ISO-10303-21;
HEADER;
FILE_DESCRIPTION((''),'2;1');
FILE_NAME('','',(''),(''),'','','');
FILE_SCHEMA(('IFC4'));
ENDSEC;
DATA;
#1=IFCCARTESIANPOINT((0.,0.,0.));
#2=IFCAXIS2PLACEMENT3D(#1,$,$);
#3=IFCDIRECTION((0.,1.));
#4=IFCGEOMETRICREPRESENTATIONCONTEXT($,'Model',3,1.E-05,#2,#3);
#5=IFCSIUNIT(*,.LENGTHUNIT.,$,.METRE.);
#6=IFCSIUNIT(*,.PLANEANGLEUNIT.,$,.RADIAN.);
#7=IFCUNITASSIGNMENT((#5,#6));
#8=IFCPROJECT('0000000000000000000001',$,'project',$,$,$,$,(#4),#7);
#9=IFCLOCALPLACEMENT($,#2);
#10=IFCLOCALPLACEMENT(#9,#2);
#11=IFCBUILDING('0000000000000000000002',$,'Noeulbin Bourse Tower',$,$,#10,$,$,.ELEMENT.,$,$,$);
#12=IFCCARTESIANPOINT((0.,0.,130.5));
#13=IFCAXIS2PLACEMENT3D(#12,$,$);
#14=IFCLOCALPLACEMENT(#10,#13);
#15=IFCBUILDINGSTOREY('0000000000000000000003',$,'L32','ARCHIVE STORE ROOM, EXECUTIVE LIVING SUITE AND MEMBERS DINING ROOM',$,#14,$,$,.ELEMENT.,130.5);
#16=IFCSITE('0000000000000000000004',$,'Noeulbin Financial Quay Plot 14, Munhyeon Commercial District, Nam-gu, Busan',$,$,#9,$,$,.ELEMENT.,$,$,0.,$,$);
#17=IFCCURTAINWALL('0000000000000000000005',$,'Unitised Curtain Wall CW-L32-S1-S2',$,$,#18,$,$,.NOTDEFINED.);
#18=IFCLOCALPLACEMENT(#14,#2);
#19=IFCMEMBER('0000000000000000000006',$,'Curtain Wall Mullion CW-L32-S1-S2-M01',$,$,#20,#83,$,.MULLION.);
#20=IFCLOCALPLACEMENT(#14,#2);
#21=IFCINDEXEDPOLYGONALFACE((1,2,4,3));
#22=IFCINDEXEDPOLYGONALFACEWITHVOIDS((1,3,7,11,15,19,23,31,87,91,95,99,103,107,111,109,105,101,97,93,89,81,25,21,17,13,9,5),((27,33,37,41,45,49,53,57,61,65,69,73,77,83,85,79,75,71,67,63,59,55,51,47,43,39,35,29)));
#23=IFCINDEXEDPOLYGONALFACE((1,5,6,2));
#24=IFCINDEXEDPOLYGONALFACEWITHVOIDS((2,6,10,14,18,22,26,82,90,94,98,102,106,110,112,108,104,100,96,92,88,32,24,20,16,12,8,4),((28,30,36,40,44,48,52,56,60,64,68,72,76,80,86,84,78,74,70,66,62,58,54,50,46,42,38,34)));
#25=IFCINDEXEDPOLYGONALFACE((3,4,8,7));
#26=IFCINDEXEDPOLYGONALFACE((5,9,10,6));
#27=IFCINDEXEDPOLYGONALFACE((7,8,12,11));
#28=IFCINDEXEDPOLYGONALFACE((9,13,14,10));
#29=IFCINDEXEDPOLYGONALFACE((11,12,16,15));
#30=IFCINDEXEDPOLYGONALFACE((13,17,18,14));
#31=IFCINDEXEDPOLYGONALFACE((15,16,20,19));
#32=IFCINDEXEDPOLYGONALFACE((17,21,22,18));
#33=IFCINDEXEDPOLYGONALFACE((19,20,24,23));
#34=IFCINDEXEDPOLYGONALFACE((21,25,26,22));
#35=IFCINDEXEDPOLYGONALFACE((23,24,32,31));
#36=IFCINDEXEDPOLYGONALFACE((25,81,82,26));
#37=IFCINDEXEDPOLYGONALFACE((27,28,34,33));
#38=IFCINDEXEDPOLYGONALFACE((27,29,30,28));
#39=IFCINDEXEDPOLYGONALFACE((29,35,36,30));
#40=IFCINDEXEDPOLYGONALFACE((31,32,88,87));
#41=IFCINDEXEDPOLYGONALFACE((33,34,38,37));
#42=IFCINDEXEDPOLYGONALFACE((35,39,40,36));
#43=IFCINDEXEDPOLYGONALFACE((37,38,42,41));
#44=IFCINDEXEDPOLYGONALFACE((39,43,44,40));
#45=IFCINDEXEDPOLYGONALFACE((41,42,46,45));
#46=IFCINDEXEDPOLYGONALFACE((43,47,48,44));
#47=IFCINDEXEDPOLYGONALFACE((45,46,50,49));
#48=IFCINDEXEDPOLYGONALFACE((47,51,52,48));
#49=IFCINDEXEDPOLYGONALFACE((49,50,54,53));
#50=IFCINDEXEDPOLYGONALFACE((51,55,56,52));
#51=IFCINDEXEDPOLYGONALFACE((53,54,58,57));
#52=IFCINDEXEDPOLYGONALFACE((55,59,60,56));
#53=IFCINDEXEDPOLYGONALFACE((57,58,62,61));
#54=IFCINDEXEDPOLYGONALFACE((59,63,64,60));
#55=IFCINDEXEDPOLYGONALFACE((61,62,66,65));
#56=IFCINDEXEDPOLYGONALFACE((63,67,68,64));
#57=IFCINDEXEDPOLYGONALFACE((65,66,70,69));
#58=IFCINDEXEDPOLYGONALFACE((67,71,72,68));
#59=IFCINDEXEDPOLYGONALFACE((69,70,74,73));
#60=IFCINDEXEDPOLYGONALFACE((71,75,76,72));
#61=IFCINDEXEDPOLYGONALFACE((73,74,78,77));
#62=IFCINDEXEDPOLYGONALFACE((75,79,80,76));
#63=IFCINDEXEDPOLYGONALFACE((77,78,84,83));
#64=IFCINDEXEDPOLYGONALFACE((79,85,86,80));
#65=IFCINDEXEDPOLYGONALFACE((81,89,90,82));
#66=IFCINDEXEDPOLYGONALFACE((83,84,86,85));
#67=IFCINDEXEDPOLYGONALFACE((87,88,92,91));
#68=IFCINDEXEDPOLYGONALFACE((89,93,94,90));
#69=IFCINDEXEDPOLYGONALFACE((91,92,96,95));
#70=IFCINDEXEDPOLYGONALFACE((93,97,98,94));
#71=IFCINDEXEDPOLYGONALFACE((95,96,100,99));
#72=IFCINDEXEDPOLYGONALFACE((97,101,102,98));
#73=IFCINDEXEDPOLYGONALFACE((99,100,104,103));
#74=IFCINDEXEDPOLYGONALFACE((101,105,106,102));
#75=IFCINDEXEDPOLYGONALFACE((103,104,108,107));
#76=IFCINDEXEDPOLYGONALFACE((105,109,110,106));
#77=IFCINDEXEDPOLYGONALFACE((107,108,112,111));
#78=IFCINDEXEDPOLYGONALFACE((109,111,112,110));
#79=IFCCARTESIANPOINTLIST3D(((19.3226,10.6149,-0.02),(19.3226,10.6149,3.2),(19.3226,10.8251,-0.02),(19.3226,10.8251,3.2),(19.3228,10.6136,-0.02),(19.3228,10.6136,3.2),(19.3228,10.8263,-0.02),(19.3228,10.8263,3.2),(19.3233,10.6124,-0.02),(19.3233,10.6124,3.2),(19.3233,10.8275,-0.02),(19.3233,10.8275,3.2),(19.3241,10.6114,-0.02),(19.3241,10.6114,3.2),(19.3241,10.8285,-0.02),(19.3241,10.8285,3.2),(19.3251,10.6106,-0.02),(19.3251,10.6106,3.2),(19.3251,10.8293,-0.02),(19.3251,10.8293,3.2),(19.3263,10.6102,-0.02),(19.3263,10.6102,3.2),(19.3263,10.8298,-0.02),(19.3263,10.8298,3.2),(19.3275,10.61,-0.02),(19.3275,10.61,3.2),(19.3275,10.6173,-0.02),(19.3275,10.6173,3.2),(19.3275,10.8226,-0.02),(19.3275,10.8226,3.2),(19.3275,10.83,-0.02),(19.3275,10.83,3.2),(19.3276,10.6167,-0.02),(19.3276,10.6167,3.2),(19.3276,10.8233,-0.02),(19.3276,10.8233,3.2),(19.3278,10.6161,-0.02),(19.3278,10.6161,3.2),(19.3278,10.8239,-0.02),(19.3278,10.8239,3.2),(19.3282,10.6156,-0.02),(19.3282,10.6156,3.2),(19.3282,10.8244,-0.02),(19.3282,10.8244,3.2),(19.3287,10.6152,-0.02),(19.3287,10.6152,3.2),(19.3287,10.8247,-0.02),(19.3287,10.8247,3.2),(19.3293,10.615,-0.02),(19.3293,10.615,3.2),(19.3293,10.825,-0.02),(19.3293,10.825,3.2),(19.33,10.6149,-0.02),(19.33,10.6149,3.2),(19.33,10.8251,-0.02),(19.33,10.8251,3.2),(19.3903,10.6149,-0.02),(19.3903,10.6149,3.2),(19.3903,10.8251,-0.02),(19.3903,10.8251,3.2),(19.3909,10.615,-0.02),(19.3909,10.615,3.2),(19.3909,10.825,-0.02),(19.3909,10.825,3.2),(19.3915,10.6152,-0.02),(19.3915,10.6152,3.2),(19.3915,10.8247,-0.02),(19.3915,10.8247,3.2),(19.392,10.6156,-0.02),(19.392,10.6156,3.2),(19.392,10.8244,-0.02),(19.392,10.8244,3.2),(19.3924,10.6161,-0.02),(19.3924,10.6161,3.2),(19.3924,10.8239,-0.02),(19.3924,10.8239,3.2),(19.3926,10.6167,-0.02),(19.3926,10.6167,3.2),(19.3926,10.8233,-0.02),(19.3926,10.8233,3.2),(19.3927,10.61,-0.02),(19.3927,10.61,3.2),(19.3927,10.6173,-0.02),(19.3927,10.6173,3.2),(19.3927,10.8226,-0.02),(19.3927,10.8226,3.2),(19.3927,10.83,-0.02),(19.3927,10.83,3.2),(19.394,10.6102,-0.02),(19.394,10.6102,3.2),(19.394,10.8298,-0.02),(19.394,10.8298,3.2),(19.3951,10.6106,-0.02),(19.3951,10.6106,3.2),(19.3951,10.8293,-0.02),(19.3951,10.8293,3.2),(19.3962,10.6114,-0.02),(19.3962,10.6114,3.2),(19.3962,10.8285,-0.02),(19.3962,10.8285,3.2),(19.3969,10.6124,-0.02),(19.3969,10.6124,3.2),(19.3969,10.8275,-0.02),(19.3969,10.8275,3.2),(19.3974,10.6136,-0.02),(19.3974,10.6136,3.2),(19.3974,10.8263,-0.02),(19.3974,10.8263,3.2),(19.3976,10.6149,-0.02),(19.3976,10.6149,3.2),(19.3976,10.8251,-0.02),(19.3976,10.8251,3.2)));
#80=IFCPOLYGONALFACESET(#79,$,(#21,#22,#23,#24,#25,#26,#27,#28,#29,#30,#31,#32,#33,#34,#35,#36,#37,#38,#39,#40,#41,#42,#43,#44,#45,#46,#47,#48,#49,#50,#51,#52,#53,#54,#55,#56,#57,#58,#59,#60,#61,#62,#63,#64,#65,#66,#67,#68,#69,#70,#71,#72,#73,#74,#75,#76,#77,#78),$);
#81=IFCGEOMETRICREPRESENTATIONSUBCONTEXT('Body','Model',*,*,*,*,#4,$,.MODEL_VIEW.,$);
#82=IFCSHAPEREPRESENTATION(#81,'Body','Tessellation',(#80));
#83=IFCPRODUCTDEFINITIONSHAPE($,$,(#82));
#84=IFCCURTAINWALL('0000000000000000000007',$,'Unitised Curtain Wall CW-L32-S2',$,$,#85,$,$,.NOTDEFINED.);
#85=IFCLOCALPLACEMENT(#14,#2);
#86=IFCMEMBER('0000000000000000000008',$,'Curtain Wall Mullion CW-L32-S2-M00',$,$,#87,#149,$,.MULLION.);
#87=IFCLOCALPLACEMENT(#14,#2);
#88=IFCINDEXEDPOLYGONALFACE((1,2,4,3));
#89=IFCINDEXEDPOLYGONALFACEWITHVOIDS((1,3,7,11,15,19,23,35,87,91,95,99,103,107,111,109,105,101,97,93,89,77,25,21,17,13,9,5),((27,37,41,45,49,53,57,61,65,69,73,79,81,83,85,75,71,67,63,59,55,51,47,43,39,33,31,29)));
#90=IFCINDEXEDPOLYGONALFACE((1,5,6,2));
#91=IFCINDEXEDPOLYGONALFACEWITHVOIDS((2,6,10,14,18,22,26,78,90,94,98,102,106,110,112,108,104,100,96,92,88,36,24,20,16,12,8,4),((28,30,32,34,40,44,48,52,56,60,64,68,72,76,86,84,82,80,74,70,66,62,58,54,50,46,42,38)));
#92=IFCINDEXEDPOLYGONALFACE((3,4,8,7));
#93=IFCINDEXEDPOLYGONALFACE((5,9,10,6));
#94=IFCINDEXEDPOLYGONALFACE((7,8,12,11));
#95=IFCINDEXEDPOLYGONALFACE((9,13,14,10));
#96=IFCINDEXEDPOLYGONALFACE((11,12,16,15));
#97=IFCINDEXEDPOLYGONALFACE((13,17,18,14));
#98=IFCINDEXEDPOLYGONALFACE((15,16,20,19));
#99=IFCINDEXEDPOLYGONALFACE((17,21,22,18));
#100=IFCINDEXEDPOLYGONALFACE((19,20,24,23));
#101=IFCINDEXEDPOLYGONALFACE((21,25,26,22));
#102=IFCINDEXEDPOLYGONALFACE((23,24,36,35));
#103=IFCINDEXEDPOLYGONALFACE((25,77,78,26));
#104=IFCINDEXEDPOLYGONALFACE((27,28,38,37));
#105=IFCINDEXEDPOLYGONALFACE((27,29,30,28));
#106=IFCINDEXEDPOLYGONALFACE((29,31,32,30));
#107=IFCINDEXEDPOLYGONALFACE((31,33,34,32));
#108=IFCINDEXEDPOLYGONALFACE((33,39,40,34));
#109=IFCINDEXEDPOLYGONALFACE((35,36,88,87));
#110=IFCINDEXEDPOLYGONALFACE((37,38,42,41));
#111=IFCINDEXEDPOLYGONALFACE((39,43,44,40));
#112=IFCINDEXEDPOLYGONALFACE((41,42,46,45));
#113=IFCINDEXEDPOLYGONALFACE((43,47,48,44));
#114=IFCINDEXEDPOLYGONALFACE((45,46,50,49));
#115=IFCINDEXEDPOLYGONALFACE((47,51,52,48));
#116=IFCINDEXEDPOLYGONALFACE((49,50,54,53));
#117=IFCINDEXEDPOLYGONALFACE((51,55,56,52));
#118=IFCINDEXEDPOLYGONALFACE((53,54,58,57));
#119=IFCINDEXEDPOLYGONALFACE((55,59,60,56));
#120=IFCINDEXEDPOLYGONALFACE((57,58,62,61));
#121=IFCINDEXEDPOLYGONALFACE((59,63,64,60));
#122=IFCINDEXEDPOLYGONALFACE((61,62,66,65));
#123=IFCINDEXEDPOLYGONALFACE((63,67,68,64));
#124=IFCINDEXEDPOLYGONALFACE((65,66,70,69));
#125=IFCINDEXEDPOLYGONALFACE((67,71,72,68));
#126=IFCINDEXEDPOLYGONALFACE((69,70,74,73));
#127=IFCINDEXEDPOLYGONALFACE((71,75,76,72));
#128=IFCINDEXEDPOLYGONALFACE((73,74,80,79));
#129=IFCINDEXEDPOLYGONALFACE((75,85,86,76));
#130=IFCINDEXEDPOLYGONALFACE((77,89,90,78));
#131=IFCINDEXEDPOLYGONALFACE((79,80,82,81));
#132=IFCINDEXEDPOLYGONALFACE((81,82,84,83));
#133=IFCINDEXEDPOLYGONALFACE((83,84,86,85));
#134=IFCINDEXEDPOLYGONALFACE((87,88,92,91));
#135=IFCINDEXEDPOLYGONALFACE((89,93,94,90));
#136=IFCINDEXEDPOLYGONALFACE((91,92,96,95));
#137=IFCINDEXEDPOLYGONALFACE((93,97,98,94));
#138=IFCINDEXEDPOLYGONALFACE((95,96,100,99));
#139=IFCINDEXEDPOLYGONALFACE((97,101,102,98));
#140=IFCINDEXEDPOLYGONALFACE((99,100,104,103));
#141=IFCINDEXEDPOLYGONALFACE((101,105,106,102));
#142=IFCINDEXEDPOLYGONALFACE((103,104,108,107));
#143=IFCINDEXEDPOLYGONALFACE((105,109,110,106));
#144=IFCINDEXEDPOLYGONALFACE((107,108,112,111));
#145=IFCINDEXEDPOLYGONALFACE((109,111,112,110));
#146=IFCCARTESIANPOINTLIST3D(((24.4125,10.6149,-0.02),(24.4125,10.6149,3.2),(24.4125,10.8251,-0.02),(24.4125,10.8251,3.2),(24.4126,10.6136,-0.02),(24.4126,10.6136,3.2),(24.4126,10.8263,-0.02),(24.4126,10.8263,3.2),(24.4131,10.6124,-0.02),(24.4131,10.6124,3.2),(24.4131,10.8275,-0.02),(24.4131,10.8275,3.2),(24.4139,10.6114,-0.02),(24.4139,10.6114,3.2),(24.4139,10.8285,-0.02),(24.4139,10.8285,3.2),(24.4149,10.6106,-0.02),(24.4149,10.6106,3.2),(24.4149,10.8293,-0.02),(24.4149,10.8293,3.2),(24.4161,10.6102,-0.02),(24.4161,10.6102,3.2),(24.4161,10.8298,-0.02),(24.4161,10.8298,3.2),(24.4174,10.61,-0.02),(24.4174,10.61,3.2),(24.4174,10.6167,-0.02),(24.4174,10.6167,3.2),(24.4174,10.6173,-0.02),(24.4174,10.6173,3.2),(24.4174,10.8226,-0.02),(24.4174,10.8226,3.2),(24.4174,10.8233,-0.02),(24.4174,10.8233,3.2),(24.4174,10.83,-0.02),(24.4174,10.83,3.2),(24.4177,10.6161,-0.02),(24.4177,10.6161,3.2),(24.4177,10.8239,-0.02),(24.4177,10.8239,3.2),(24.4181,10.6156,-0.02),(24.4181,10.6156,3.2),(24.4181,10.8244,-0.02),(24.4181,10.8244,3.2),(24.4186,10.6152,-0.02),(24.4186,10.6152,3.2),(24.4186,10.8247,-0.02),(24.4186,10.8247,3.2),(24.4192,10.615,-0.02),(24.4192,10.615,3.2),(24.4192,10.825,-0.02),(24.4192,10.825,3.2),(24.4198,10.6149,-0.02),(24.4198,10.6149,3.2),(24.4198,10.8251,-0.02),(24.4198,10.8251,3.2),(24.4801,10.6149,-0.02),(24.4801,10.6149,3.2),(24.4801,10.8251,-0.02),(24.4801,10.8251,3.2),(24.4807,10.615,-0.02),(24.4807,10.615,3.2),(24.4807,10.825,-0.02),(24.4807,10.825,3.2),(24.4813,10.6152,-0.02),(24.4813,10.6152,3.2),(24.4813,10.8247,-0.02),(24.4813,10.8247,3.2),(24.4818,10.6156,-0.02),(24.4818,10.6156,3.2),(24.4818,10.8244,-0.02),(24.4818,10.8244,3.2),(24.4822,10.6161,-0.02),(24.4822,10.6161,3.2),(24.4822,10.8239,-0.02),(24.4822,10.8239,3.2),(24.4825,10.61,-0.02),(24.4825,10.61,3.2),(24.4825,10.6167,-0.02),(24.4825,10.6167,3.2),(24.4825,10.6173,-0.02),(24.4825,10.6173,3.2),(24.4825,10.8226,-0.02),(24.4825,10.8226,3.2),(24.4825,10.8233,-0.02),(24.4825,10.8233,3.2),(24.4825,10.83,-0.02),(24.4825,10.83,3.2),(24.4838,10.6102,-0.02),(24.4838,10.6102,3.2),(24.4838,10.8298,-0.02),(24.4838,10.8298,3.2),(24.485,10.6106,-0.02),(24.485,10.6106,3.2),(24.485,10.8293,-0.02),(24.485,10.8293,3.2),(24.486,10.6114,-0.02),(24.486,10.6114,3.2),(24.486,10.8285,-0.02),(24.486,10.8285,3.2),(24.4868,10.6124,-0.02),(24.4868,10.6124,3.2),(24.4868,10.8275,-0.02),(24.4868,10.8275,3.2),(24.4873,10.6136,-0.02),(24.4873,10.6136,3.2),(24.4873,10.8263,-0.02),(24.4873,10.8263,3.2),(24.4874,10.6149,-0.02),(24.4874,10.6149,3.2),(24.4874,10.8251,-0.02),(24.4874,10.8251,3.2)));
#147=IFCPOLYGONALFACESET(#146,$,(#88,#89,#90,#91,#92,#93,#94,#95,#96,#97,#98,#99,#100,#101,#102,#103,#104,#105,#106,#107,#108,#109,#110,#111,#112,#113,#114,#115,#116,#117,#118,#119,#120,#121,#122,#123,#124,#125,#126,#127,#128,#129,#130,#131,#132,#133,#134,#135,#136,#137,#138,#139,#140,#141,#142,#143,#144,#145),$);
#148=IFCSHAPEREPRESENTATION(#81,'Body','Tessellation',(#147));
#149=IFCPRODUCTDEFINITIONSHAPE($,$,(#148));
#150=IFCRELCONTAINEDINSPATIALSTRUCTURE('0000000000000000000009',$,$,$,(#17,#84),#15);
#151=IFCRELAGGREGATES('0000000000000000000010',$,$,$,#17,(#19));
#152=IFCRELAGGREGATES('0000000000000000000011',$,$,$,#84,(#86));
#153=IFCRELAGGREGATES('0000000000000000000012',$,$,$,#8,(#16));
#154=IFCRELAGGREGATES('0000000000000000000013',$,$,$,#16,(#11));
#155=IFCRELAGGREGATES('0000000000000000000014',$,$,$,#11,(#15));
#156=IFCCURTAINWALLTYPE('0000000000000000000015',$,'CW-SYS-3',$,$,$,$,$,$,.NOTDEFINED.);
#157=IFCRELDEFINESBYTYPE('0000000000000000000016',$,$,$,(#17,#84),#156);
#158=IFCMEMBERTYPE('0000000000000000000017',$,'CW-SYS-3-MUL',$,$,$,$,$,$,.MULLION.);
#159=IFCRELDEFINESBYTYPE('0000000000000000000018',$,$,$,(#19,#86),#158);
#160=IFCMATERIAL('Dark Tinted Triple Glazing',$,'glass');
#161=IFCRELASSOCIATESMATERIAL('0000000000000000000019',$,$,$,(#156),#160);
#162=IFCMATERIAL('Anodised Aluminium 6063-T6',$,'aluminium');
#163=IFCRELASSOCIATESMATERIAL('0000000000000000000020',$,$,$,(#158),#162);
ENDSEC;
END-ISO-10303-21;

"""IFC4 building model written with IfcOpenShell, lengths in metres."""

from ifc_helpers import new_model, si_unit, direction, frame, origin, origin_2d, place, context, subcontext, project, spatial, hollow_rectangle, extrude, material, material_profile, profile_set, type_object, element, aggregate, save


model = new_model("IFC4")

# Units and contexts
model_context = context("Model", 3, precision=1e-05, world=origin(), true_north=direction((0.0, 1.0)))
body_context = subcontext(model_context, "Body", "Model", "MODEL_VIEW")
ifc_project = project(units=[si_unit("LENGTHUNIT", "METRE"), si_unit("PLANEANGLEUNIT", "RADIAN")], contexts=[model_context])

# Site, building, storey
site_placement = place(None, origin())
site = spatial("IfcSite", under=ifc_project, at=site_placement, Name="Noeulbin Financial Quay Plot 14, Munhyeon Commercial District, Nam-gu, Busan", CompositionType="ELEMENT", RefElevation=0.0)
building_placement = place(site_placement, origin())
building = spatial("IfcBuilding", under=site, at=building_placement, Name="Noeulbin Bourse Tower", CompositionType="ELEMENT")
storey_placement = place(building_placement, frame((0.0, 0.0, 130.5)))
storey = spatial("IfcBuildingStorey", under=building, at=storey_placement, Name="L32", Description="ARCHIVE STORE ROOM, EXECUTIVE LIVING SUITE AND MEMBERS DINING ROOM", CompositionType="ELEMENT", Elevation=130.5)

# Curtain wall, member
ifc_material_1 = material(Name="Dark Tinted Triple Glazing", Category="glass")
curtain_wall_type = type_object("IfcCurtainWallType", Name="CW-SYS-3", PredefinedType="NOTDEFINED", material=ifc_material_1)
curtain_wall_1_placement = place(storey_placement, origin())
curtain_wall_1 = element("IfcCurtainWall", 1, at=curtain_wall_1_placement, inside=storey, type_object=curtain_wall_type, Name="Unitised Curtain Wall CW-L32-S1-S2", PredefinedType="NOTDEFINED")
ifc_material_2 = material(Name="Anodised Aluminium 6063-T6", Category="aluminium")
ifc_material_profile_1 = material_profile(ifc_material_2, hollow_rectangle(XDim=0.075, YDim=0.22, WallThickness=0.0049, InnerFilletRadius=0.0024, OuterFilletRadius=0.0049, at=origin_2d()), Name="ALU-MULL-75x220x5", Category="LoadBearing")
ifc_profile_set_1 = profile_set([ifc_material_profile_1], Name="Anodised Aluminium 6063-T6")
member_type_1 = type_object("IfcMemberType", Name="CW-SYS-3-MUL", PredefinedType="MULLION", material=ifc_profile_set_1)
member_1_placement = place(storey_placement, frame((19.3601, 10.72, -0.02), z_axis=(0.0, 0.0, 1.0), x_axis=(1.0, 0.0, 0.0)))
member_1 = element("IfcMember", 2, at=member_1_placement, type_object=member_type_1, Name="Curtain Wall Mullion CW-L32-S1-S2-M01", PredefinedType="MULLION", context=body_context, shape_type="SweptSolid", body=[
    extrude(hollow_rectangle(XDim=0.075, YDim=0.22, WallThickness=0.0049, InnerFilletRadius=0.0024, OuterFilletRadius=0.0049, at=origin_2d()), origin(), (0.0, 0.0, 1.0), 3.22),
])

# Curtain wall, member
curtain_wall_2_placement = place(storey_placement, origin())
curtain_wall_2 = element("IfcCurtainWall", 3, at=curtain_wall_2_placement, inside=storey, type_object=curtain_wall_type, Name="Unitised Curtain Wall CW-L32-S2", PredefinedType="NOTDEFINED")
member_2_placement = place(storey_placement, frame((24.45, 10.72, -0.02), z_axis=(0.0, 0.0, 1.0), x_axis=(1.0, 0.0, 0.0)))
member_2 = element("IfcMember", 4, at=member_2_placement, type_object=member_type_1, Name="Curtain Wall Mullion CW-L32-S2-M00", PredefinedType="MULLION", context=body_context, shape_type="SweptSolid", body=[
    extrude(hollow_rectangle(XDim=0.075, YDim=0.22, WallThickness=0.0049, InnerFilletRadius=0.0024, OuterFilletRadius=0.0049, at=origin_2d()), origin(), (0.0, 0.0, 1.0), 3.22),
])

aggregate(curtain_wall_1, [member_1])
aggregate(curtain_wall_2, [member_2])

save(model, "model.ifc")
